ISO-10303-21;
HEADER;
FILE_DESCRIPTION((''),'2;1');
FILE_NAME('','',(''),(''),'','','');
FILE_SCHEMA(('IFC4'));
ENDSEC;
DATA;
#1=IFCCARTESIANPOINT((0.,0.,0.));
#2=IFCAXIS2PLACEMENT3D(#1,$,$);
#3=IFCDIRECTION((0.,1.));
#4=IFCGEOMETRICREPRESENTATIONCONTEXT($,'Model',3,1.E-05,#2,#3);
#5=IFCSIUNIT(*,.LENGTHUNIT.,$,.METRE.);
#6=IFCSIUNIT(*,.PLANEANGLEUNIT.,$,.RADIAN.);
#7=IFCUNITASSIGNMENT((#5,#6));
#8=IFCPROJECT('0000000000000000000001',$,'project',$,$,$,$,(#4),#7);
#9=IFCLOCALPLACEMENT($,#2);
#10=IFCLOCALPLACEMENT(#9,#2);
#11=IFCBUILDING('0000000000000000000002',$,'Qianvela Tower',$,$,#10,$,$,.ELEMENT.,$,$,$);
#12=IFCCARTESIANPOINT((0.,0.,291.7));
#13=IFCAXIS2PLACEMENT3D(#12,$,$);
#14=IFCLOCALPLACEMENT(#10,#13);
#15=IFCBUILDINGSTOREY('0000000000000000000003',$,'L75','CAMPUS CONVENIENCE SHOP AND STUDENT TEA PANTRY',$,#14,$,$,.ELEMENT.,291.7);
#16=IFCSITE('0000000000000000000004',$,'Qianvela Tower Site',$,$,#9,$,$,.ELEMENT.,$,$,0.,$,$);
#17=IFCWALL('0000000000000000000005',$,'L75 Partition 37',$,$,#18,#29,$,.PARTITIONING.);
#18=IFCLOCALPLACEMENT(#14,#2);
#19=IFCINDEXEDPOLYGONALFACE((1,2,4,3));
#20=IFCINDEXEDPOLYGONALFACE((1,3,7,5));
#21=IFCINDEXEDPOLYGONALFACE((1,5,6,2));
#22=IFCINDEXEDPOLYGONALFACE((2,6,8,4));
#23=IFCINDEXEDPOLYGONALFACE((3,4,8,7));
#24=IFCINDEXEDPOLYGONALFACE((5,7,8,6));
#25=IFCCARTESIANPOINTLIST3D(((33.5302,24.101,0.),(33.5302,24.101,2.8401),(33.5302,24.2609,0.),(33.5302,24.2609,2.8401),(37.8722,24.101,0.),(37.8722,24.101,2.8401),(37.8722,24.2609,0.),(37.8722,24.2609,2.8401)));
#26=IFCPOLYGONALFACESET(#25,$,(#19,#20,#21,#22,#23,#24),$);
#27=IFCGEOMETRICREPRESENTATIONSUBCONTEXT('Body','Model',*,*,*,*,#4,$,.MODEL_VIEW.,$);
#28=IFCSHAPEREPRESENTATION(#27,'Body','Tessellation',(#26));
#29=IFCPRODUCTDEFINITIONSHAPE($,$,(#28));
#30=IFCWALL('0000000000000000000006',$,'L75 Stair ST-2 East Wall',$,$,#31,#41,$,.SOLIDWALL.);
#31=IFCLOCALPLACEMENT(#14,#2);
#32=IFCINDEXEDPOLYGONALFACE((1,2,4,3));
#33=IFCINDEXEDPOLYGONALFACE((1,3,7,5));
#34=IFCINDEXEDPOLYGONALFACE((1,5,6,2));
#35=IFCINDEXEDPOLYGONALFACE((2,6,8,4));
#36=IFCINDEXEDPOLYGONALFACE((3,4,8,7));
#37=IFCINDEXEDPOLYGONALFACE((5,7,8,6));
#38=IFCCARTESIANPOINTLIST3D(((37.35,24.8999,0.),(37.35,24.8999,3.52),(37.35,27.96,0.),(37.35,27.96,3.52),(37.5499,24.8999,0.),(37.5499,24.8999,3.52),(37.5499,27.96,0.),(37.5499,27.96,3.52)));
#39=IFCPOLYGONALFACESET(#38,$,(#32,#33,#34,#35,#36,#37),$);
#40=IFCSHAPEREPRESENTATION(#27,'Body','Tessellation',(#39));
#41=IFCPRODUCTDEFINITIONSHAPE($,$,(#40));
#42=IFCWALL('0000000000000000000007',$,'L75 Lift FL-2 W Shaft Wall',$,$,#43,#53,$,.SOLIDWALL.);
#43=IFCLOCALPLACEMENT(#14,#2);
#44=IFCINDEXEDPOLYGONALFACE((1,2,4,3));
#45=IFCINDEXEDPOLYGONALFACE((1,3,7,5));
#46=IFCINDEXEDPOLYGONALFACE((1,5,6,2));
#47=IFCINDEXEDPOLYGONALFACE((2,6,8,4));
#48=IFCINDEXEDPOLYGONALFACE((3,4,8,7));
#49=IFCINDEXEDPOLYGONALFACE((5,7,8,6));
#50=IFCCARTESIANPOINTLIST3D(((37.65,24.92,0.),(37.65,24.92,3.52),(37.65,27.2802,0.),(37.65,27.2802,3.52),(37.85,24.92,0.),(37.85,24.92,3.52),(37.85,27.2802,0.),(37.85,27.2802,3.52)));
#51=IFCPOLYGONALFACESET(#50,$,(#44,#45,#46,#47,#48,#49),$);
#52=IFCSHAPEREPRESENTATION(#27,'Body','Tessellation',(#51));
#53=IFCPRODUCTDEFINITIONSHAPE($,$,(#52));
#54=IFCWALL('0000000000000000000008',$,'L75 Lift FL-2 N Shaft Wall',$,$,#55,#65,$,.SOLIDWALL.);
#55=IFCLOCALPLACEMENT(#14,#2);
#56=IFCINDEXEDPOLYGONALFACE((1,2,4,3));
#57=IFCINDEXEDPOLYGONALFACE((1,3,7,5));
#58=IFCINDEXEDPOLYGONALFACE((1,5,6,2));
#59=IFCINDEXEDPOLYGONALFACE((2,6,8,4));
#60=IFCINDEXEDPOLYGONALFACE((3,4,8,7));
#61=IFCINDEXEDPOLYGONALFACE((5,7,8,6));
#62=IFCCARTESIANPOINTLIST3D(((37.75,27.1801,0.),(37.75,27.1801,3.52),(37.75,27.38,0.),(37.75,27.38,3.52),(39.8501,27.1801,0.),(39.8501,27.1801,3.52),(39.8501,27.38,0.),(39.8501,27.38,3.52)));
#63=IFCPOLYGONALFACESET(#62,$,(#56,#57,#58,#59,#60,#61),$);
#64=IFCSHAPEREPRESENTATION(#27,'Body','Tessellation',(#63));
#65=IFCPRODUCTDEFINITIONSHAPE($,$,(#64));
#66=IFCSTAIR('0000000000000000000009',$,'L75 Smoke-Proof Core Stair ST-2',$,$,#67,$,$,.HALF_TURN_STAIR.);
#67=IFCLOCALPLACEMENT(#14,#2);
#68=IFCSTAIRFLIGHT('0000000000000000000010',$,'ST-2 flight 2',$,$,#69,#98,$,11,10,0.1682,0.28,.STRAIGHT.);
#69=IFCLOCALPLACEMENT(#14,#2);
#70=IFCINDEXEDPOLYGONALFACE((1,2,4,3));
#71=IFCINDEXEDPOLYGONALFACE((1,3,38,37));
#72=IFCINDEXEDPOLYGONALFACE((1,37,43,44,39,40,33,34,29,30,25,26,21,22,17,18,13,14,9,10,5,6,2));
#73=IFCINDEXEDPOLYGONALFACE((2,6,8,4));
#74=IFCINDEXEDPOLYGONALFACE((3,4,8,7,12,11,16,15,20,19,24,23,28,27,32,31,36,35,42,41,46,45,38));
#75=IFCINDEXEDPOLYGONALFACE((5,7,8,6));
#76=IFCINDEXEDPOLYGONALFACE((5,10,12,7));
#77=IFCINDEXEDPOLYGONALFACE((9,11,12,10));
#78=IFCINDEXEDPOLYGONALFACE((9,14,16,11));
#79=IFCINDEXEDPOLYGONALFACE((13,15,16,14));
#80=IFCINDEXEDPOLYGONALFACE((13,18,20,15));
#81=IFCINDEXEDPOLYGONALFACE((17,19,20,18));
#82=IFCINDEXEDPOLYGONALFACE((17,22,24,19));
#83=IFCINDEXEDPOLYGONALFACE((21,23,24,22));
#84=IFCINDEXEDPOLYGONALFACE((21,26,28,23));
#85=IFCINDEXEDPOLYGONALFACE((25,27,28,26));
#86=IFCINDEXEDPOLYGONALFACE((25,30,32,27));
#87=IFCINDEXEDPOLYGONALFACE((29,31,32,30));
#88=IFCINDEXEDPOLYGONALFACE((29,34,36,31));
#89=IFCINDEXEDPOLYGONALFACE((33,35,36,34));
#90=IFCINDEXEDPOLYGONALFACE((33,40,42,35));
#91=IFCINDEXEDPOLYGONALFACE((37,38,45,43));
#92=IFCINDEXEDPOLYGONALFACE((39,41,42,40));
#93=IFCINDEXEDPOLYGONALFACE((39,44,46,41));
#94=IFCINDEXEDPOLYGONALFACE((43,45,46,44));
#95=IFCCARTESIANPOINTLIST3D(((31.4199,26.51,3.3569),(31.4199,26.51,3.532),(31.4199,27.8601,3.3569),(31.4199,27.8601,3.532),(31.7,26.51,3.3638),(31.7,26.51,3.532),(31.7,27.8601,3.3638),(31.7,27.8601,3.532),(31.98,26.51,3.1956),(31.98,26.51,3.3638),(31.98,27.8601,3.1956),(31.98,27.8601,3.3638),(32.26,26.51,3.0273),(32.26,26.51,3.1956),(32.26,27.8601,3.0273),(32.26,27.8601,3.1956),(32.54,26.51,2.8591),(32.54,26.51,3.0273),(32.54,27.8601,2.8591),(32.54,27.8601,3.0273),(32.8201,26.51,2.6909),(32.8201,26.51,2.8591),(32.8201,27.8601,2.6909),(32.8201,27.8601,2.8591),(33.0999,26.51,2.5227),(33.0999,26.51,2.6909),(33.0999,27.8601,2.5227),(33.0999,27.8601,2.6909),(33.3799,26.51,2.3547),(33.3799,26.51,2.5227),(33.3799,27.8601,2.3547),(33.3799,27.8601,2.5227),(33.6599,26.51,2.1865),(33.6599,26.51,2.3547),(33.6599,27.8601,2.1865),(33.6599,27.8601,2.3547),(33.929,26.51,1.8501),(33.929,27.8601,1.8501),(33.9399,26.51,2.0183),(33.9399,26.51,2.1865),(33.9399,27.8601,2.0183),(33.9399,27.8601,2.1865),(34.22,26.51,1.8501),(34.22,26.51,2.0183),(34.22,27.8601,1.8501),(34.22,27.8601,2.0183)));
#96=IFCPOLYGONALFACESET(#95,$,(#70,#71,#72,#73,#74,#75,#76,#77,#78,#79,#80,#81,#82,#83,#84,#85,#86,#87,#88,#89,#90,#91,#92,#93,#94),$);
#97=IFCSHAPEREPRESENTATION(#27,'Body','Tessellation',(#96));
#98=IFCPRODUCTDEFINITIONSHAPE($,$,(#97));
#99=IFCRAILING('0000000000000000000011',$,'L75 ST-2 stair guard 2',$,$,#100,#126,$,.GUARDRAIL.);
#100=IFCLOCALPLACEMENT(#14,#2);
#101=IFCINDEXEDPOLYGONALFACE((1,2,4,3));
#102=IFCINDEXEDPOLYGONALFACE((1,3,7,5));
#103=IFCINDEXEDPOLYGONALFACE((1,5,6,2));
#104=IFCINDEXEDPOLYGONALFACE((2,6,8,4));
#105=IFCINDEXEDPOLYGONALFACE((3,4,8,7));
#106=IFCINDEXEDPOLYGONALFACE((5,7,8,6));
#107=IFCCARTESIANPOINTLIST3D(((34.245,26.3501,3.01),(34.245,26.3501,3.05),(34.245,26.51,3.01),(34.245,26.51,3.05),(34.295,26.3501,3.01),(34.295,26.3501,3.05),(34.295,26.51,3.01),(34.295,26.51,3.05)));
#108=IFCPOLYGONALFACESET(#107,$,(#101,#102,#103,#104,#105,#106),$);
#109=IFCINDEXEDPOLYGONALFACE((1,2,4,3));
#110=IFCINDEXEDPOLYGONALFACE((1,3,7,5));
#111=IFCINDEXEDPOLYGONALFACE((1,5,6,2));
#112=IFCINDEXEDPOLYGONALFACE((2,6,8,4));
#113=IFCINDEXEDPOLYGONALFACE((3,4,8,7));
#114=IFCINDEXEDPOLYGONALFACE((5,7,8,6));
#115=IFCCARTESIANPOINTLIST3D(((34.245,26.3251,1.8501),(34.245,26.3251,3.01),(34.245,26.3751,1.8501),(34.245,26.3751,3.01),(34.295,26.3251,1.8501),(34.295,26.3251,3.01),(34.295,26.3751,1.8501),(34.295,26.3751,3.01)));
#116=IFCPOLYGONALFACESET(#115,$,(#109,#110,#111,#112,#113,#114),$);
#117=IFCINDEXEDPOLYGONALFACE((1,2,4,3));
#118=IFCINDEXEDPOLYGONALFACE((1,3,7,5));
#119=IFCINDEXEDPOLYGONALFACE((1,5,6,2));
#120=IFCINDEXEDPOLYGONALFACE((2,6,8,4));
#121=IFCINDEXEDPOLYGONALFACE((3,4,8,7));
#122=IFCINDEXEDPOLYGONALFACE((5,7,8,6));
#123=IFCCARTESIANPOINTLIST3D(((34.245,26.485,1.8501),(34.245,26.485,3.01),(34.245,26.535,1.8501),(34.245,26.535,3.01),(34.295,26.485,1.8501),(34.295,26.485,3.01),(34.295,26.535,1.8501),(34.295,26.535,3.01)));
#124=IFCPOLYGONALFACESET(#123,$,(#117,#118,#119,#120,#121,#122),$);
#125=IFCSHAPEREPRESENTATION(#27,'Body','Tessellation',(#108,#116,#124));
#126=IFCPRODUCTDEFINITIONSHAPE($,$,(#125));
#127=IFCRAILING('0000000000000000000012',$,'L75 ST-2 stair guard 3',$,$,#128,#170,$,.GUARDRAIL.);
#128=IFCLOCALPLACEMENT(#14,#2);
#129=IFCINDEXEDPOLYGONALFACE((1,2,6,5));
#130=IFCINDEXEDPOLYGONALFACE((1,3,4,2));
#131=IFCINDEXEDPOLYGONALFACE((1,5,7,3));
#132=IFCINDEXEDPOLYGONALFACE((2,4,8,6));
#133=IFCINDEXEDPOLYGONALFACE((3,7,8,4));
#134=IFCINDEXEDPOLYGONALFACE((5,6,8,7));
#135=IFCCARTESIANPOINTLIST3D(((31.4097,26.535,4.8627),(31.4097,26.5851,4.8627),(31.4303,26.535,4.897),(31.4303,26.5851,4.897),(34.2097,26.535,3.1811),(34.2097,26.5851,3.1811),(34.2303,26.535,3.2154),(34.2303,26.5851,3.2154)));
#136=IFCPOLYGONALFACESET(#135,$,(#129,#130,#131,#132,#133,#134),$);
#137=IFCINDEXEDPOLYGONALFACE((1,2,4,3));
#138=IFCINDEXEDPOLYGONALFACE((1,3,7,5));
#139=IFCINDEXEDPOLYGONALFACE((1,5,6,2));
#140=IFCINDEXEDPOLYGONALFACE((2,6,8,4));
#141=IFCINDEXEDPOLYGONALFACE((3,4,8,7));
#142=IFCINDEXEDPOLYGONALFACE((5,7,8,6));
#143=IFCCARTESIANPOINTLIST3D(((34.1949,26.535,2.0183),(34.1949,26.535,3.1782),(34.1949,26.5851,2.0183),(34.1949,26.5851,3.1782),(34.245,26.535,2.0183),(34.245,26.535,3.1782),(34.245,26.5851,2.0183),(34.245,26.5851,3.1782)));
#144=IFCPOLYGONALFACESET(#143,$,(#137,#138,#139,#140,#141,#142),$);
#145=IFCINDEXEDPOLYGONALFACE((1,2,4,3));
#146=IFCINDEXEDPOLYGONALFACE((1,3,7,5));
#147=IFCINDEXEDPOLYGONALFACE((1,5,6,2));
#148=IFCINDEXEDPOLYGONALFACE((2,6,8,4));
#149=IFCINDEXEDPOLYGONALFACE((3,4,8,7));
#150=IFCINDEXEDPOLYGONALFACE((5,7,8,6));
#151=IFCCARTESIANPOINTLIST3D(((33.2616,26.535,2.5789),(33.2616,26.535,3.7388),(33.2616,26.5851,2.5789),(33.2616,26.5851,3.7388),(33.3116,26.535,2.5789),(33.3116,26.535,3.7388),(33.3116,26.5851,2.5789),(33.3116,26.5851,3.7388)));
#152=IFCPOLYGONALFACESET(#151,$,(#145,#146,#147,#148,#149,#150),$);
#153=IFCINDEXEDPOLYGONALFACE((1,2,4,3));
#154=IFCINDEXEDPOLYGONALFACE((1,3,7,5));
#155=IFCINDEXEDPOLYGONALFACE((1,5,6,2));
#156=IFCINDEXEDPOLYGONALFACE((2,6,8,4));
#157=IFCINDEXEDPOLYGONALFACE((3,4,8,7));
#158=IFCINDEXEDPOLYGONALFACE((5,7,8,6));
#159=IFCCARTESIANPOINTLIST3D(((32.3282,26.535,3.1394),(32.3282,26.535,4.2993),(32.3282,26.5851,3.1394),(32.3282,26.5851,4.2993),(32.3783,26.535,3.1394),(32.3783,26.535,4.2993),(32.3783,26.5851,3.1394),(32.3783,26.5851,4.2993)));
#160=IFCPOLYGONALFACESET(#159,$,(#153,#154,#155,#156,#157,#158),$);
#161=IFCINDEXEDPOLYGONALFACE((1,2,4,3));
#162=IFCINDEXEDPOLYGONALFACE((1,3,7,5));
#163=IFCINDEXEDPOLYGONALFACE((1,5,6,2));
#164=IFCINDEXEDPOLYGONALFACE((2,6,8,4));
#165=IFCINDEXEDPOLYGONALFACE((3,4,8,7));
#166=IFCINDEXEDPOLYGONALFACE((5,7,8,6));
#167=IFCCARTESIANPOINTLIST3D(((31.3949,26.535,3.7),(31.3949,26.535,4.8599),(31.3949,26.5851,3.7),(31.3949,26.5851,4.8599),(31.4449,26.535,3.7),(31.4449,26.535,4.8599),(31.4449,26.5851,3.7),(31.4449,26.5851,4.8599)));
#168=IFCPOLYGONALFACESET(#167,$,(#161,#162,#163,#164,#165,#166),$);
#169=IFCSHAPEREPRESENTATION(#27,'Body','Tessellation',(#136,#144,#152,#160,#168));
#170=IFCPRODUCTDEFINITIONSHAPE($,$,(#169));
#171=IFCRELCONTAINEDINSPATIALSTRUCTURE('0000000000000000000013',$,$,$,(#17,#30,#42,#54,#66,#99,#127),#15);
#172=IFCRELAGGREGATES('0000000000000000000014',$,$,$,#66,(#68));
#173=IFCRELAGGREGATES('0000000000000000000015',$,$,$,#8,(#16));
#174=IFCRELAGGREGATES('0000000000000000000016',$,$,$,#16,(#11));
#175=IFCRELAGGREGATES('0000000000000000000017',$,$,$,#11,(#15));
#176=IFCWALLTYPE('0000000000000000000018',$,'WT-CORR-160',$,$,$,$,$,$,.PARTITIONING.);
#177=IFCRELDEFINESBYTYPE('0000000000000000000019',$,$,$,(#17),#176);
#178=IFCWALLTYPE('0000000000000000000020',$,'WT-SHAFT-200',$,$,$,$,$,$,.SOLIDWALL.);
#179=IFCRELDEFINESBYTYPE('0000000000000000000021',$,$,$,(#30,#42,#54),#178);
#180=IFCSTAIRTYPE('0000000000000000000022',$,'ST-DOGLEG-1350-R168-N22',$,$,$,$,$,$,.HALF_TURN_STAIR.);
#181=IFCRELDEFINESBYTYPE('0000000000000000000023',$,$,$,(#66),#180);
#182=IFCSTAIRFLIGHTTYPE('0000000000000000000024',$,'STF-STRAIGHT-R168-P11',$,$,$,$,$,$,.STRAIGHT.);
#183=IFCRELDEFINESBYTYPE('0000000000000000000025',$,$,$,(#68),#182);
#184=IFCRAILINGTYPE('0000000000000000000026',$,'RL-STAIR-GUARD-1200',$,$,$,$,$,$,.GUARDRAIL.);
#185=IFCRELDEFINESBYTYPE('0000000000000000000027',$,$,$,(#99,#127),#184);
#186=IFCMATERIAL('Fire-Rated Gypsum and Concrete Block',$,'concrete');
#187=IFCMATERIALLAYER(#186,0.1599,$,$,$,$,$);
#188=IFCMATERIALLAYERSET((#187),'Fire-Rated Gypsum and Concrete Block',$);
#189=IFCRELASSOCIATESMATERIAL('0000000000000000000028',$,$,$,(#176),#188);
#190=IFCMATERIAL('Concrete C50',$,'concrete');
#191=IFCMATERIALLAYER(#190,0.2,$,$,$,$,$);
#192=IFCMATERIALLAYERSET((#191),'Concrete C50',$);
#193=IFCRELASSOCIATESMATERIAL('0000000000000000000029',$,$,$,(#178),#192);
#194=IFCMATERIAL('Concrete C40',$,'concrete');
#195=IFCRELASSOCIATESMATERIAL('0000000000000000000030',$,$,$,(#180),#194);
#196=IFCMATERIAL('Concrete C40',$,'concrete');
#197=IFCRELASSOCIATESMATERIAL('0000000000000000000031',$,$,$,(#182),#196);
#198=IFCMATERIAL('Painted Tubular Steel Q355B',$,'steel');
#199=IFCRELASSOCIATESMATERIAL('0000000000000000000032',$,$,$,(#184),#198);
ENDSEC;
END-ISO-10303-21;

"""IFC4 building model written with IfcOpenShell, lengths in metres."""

from ifc_helpers import new_model, si_unit, direction, frame, frame_2d, origin, origin_2d, place, context, subcontext, project, spatial, polyline, rectangle, outline, extrude, material, layer, layer_set, type_object, element, aggregate, save


model = new_model("IFC4")

# Units and contexts
model_context = context("Model", 3, precision=1e-05, world=origin(), true_north=direction((0.0, 1.0)))
body_context = subcontext(model_context, "Body", "Model", "MODEL_VIEW")
ifc_project = project(units=[si_unit("LENGTHUNIT", "METRE"), si_unit("PLANEANGLEUNIT", "RADIAN")], contexts=[model_context])

# Site, building, storey
site_placement = place(None, origin())
site = spatial("IfcSite", under=ifc_project, at=site_placement, Name="Qianvela Tower Site", CompositionType="ELEMENT", RefElevation=0.0)
building_placement = place(site_placement, origin())
building = spatial("IfcBuilding", under=site, at=building_placement, Name="Qianvela Tower", CompositionType="ELEMENT")
storey_placement = place(building_placement, frame((0.0, 0.0, 291.7)))
storey = spatial("IfcBuildingStorey", under=building, at=storey_placement, Name="L75", Description="CAMPUS CONVENIENCE SHOP AND STUDENT TEA PANTRY", CompositionType="ELEMENT", Elevation=291.7)

# Walls
ifc_material_1 = material(Name="Fire-Rated Gypsum and Concrete Block", Category="concrete")
ifc_layer_1 = layer(ifc_material_1, 0.1599)
ifc_layer_set_1 = layer_set([ifc_layer_1], Name="Fire-Rated Gypsum and Concrete Block")
wall_type_1 = type_object("IfcWallType", Name="WT-CORR-160", PredefinedType="PARTITIONING", material=ifc_layer_set_1)
wall_1_placement = place(storey_placement, frame((37.8721, 24.1809, 0.0), z_axis=(0.0, 0.0, 1.0), x_axis=(-1.0, 0.0, 0.0)))
element("IfcWall", 1, at=wall_1_placement, inside=storey, type_object=wall_type_1, Name="L75 Partition 37", PredefinedType="PARTITIONING", context=body_context, shape_type="SweptSolid", body=[
    extrude(rectangle(XDim=4.342, YDim=0.1599, at=frame_2d((2.1709, 0.0))), origin(), (0.0, 0.0, 1.0), 2.8401),
])
ifc_material_2 = material(Name="Concrete C50", Category="concrete")
ifc_layer_2 = layer(ifc_material_2, 0.2)
ifc_layer_set_2 = layer_set([ifc_layer_2], Name="Concrete C50")
wall_type_2 = type_object("IfcWallType", Name="WT-SHAFT-200", PredefinedType="SOLIDWALL", material=ifc_layer_set_2)
wall_2_placement = place(storey_placement, frame((37.45, 24.8999, 0.0), z_axis=(0.0, 0.0, 1.0), x_axis=(0.0, 1.0, 0.0)))
element("IfcWall", 2, at=wall_2_placement, inside=storey, type_object=wall_type_2, Name="L75 Stair ST-2 East Wall", PredefinedType="SOLIDWALL", context=body_context, shape_type="SweptSolid", body=[
    extrude(rectangle(XDim=3.0601, YDim=0.2, at=frame_2d((1.53, 0.0))), origin(), (0.0, 0.0, 1.0), 3.52),
])

# Walls
wall_3_placement = place(storey_placement, frame((37.75, 24.9199, 0.0), z_axis=(0.0, 0.0, 1.0), x_axis=(0.0, 1.0, 0.0)))
element("IfcWall", 3, at=wall_3_placement, inside=storey, type_object=wall_type_2, Name="L75 Lift FL-2 W Shaft Wall", PredefinedType="SOLIDWALL", context=body_context, shape_type="SweptSolid", body=[
    extrude(rectangle(XDim=2.3601, YDim=0.2, at=frame_2d((1.1802, 0.0))), origin(), (0.0, 0.0, 1.0), 3.52),
])
wall_4_placement = place(storey_placement, frame((37.75, 27.28, 0.0), z_axis=(0.0, 0.0, 1.0), x_axis=(1.0, 0.0, 0.0)))
element("IfcWall", 4, at=wall_4_placement, inside=storey, type_object=wall_type_2, Name="L75 Lift FL-2 N Shaft Wall", PredefinedType="SOLIDWALL", context=body_context, shape_type="SweptSolid", body=[
    extrude(rectangle(XDim=2.1001, YDim=0.2, at=frame_2d((1.05, 0.0))), origin(), (0.0, 0.0, 1.0), 3.52),
])

# Stair, stair flight
ifc_material_3 = material(Name="Concrete C40", Category="concrete")
stair_type = type_object("IfcStairType", Name="ST-DOGLEG-1350-R168-N22", PredefinedType="HALF_TURN_STAIR", material=ifc_material_3)
stair_placement = place(storey_placement, origin())
stair = element("IfcStair", 5, at=stair_placement, inside=storey, type_object=stair_type, Name="L75 Smoke-Proof Core Stair ST-2", PredefinedType="HALF_TURN_STAIR")
ifc_material_4 = material(Name="Concrete C40", Category="concrete")
stair_flight_type = type_object("IfcStairFlightType", Name="STF-STRAIGHT-R168-P11", PredefinedType="STRAIGHT", material=ifc_material_4)
stair_flight_placement = place(storey_placement, frame((34.22, 27.1851, 1.8501), z_axis=(0.0, 0.0, 1.0), x_axis=(-1.0, 0.0, 0.0)))
stair_flight = element("IfcStairFlight", 6, at=stair_flight_placement, type_object=stair_flight_type, Name="ST-2 flight 2", NumberOfRisers=11, NumberOfTreads=10, PredefinedType="STRAIGHT", RiserHeight=0.1682, TreadLength=0.28, context=body_context, shape_type="SweptSolid", body=[
    extrude(outline(polyline([(0.0, 0.0), (0.0, 0.1682), (0.28, 0.1682), (0.28, 0.3364), (0.5601, 0.3364), (0.5601, 0.5046), (0.8401, 0.5046), (0.8401, 0.6726), (1.1201, 0.6726), (1.1201, 0.8408), (1.3999, 0.8408), (1.3999, 1.009), (1.6799, 1.009), (1.6799, 1.1772), (1.96, 1.1772), (1.96, 1.3455), (2.24, 1.3455), (2.24, 1.5137), (2.52, 1.5137), (2.52, 1.6819), (2.8, 1.6819), (2.8, 1.8501), (2.8, 1.5068), (0.291, 0.0), (0.0, 0.0)])), frame((0.0, 0.675, 0.0), z_axis=(0.0, -1.0, 0.0), x_axis=(1.0, 0.0, 0.0)), (0.0, 0.0, 1.0), 1.3501),
])
aggregate(stair, [stair_flight])

# Railings
ifc_material_5 = material(Name="Painted Tubular Steel Q355B", Category="steel")
railing_type = type_object("IfcRailingType", Name="RL-STAIR-GUARD-1200", PredefinedType="GUARDRAIL", material=ifc_material_5)
railing_1_placement = place(storey_placement, frame((34.27, 26.3501, 1.8501)))
element("IfcRailing", 7, at=railing_1_placement, inside=storey, type_object=railing_type, Name="L75 ST-2 stair guard 2", PredefinedType="GUARDRAIL", context=body_context, shape_type="SweptSolid", body=[
    extrude(rectangle(XDim=0.05, YDim=0.04, at=origin_2d()), frame((0.0, 0.0, 1.1799), z_axis=(0.0, 1.0, 0.0), x_axis=(-1.0, 0.0, 0.0)), (0.0, 0.0, 1.0), 0.1599),
    extrude(rectangle(XDim=0.05, YDim=0.05, at=origin_2d()), origin(), (0.0, 0.0, 1.0), 1.1599),
    extrude(rectangle(XDim=0.05, YDim=0.05, at=origin_2d()), frame((0.0, 0.1599, 0.0)), (0.0, 0.0, 1.0), 1.1599),
])
railing_2_placement = place(storey_placement, frame((34.22, 26.5601, 2.0183)))
element("IfcRailing", 8, at=railing_2_placement, inside=storey, type_object=railing_type, Name="L75 ST-2 stair guard 3", PredefinedType="GUARDRAIL", context=body_context, shape_type="SweptSolid", body=[
    extrude(rectangle(XDim=0.05, YDim=0.04, at=origin_2d()), frame((0.0, 0.0, 1.1799), z_axis=(-0.857275, 0.0, 0.514858), x_axis=(0.0, -1.0, 0.0)), (0.0, 0.0, 1.0), 3.2661),
    extrude(rectangle(XDim=0.05, YDim=0.05, at=origin_2d()), origin(), (0.0, 0.0, 1.0), 1.1599),
    extrude(rectangle(XDim=0.05, YDim=0.05, at=origin_2d()), frame((-0.9333, 0.0, 0.5605)), (0.0, 0.0, 1.0), 1.1599),
    extrude(rectangle(XDim=0.05, YDim=0.05, at=origin_2d()), frame((-1.8667, 0.0, 1.1211)), (0.0, 0.0, 1.0), 1.1599),
    extrude(rectangle(XDim=0.05, YDim=0.05, at=origin_2d()), frame((-2.8, 0.0, 1.6816)), (0.0, 0.0, 1.0), 1.1599),
])

save(model, "model.ifc")
